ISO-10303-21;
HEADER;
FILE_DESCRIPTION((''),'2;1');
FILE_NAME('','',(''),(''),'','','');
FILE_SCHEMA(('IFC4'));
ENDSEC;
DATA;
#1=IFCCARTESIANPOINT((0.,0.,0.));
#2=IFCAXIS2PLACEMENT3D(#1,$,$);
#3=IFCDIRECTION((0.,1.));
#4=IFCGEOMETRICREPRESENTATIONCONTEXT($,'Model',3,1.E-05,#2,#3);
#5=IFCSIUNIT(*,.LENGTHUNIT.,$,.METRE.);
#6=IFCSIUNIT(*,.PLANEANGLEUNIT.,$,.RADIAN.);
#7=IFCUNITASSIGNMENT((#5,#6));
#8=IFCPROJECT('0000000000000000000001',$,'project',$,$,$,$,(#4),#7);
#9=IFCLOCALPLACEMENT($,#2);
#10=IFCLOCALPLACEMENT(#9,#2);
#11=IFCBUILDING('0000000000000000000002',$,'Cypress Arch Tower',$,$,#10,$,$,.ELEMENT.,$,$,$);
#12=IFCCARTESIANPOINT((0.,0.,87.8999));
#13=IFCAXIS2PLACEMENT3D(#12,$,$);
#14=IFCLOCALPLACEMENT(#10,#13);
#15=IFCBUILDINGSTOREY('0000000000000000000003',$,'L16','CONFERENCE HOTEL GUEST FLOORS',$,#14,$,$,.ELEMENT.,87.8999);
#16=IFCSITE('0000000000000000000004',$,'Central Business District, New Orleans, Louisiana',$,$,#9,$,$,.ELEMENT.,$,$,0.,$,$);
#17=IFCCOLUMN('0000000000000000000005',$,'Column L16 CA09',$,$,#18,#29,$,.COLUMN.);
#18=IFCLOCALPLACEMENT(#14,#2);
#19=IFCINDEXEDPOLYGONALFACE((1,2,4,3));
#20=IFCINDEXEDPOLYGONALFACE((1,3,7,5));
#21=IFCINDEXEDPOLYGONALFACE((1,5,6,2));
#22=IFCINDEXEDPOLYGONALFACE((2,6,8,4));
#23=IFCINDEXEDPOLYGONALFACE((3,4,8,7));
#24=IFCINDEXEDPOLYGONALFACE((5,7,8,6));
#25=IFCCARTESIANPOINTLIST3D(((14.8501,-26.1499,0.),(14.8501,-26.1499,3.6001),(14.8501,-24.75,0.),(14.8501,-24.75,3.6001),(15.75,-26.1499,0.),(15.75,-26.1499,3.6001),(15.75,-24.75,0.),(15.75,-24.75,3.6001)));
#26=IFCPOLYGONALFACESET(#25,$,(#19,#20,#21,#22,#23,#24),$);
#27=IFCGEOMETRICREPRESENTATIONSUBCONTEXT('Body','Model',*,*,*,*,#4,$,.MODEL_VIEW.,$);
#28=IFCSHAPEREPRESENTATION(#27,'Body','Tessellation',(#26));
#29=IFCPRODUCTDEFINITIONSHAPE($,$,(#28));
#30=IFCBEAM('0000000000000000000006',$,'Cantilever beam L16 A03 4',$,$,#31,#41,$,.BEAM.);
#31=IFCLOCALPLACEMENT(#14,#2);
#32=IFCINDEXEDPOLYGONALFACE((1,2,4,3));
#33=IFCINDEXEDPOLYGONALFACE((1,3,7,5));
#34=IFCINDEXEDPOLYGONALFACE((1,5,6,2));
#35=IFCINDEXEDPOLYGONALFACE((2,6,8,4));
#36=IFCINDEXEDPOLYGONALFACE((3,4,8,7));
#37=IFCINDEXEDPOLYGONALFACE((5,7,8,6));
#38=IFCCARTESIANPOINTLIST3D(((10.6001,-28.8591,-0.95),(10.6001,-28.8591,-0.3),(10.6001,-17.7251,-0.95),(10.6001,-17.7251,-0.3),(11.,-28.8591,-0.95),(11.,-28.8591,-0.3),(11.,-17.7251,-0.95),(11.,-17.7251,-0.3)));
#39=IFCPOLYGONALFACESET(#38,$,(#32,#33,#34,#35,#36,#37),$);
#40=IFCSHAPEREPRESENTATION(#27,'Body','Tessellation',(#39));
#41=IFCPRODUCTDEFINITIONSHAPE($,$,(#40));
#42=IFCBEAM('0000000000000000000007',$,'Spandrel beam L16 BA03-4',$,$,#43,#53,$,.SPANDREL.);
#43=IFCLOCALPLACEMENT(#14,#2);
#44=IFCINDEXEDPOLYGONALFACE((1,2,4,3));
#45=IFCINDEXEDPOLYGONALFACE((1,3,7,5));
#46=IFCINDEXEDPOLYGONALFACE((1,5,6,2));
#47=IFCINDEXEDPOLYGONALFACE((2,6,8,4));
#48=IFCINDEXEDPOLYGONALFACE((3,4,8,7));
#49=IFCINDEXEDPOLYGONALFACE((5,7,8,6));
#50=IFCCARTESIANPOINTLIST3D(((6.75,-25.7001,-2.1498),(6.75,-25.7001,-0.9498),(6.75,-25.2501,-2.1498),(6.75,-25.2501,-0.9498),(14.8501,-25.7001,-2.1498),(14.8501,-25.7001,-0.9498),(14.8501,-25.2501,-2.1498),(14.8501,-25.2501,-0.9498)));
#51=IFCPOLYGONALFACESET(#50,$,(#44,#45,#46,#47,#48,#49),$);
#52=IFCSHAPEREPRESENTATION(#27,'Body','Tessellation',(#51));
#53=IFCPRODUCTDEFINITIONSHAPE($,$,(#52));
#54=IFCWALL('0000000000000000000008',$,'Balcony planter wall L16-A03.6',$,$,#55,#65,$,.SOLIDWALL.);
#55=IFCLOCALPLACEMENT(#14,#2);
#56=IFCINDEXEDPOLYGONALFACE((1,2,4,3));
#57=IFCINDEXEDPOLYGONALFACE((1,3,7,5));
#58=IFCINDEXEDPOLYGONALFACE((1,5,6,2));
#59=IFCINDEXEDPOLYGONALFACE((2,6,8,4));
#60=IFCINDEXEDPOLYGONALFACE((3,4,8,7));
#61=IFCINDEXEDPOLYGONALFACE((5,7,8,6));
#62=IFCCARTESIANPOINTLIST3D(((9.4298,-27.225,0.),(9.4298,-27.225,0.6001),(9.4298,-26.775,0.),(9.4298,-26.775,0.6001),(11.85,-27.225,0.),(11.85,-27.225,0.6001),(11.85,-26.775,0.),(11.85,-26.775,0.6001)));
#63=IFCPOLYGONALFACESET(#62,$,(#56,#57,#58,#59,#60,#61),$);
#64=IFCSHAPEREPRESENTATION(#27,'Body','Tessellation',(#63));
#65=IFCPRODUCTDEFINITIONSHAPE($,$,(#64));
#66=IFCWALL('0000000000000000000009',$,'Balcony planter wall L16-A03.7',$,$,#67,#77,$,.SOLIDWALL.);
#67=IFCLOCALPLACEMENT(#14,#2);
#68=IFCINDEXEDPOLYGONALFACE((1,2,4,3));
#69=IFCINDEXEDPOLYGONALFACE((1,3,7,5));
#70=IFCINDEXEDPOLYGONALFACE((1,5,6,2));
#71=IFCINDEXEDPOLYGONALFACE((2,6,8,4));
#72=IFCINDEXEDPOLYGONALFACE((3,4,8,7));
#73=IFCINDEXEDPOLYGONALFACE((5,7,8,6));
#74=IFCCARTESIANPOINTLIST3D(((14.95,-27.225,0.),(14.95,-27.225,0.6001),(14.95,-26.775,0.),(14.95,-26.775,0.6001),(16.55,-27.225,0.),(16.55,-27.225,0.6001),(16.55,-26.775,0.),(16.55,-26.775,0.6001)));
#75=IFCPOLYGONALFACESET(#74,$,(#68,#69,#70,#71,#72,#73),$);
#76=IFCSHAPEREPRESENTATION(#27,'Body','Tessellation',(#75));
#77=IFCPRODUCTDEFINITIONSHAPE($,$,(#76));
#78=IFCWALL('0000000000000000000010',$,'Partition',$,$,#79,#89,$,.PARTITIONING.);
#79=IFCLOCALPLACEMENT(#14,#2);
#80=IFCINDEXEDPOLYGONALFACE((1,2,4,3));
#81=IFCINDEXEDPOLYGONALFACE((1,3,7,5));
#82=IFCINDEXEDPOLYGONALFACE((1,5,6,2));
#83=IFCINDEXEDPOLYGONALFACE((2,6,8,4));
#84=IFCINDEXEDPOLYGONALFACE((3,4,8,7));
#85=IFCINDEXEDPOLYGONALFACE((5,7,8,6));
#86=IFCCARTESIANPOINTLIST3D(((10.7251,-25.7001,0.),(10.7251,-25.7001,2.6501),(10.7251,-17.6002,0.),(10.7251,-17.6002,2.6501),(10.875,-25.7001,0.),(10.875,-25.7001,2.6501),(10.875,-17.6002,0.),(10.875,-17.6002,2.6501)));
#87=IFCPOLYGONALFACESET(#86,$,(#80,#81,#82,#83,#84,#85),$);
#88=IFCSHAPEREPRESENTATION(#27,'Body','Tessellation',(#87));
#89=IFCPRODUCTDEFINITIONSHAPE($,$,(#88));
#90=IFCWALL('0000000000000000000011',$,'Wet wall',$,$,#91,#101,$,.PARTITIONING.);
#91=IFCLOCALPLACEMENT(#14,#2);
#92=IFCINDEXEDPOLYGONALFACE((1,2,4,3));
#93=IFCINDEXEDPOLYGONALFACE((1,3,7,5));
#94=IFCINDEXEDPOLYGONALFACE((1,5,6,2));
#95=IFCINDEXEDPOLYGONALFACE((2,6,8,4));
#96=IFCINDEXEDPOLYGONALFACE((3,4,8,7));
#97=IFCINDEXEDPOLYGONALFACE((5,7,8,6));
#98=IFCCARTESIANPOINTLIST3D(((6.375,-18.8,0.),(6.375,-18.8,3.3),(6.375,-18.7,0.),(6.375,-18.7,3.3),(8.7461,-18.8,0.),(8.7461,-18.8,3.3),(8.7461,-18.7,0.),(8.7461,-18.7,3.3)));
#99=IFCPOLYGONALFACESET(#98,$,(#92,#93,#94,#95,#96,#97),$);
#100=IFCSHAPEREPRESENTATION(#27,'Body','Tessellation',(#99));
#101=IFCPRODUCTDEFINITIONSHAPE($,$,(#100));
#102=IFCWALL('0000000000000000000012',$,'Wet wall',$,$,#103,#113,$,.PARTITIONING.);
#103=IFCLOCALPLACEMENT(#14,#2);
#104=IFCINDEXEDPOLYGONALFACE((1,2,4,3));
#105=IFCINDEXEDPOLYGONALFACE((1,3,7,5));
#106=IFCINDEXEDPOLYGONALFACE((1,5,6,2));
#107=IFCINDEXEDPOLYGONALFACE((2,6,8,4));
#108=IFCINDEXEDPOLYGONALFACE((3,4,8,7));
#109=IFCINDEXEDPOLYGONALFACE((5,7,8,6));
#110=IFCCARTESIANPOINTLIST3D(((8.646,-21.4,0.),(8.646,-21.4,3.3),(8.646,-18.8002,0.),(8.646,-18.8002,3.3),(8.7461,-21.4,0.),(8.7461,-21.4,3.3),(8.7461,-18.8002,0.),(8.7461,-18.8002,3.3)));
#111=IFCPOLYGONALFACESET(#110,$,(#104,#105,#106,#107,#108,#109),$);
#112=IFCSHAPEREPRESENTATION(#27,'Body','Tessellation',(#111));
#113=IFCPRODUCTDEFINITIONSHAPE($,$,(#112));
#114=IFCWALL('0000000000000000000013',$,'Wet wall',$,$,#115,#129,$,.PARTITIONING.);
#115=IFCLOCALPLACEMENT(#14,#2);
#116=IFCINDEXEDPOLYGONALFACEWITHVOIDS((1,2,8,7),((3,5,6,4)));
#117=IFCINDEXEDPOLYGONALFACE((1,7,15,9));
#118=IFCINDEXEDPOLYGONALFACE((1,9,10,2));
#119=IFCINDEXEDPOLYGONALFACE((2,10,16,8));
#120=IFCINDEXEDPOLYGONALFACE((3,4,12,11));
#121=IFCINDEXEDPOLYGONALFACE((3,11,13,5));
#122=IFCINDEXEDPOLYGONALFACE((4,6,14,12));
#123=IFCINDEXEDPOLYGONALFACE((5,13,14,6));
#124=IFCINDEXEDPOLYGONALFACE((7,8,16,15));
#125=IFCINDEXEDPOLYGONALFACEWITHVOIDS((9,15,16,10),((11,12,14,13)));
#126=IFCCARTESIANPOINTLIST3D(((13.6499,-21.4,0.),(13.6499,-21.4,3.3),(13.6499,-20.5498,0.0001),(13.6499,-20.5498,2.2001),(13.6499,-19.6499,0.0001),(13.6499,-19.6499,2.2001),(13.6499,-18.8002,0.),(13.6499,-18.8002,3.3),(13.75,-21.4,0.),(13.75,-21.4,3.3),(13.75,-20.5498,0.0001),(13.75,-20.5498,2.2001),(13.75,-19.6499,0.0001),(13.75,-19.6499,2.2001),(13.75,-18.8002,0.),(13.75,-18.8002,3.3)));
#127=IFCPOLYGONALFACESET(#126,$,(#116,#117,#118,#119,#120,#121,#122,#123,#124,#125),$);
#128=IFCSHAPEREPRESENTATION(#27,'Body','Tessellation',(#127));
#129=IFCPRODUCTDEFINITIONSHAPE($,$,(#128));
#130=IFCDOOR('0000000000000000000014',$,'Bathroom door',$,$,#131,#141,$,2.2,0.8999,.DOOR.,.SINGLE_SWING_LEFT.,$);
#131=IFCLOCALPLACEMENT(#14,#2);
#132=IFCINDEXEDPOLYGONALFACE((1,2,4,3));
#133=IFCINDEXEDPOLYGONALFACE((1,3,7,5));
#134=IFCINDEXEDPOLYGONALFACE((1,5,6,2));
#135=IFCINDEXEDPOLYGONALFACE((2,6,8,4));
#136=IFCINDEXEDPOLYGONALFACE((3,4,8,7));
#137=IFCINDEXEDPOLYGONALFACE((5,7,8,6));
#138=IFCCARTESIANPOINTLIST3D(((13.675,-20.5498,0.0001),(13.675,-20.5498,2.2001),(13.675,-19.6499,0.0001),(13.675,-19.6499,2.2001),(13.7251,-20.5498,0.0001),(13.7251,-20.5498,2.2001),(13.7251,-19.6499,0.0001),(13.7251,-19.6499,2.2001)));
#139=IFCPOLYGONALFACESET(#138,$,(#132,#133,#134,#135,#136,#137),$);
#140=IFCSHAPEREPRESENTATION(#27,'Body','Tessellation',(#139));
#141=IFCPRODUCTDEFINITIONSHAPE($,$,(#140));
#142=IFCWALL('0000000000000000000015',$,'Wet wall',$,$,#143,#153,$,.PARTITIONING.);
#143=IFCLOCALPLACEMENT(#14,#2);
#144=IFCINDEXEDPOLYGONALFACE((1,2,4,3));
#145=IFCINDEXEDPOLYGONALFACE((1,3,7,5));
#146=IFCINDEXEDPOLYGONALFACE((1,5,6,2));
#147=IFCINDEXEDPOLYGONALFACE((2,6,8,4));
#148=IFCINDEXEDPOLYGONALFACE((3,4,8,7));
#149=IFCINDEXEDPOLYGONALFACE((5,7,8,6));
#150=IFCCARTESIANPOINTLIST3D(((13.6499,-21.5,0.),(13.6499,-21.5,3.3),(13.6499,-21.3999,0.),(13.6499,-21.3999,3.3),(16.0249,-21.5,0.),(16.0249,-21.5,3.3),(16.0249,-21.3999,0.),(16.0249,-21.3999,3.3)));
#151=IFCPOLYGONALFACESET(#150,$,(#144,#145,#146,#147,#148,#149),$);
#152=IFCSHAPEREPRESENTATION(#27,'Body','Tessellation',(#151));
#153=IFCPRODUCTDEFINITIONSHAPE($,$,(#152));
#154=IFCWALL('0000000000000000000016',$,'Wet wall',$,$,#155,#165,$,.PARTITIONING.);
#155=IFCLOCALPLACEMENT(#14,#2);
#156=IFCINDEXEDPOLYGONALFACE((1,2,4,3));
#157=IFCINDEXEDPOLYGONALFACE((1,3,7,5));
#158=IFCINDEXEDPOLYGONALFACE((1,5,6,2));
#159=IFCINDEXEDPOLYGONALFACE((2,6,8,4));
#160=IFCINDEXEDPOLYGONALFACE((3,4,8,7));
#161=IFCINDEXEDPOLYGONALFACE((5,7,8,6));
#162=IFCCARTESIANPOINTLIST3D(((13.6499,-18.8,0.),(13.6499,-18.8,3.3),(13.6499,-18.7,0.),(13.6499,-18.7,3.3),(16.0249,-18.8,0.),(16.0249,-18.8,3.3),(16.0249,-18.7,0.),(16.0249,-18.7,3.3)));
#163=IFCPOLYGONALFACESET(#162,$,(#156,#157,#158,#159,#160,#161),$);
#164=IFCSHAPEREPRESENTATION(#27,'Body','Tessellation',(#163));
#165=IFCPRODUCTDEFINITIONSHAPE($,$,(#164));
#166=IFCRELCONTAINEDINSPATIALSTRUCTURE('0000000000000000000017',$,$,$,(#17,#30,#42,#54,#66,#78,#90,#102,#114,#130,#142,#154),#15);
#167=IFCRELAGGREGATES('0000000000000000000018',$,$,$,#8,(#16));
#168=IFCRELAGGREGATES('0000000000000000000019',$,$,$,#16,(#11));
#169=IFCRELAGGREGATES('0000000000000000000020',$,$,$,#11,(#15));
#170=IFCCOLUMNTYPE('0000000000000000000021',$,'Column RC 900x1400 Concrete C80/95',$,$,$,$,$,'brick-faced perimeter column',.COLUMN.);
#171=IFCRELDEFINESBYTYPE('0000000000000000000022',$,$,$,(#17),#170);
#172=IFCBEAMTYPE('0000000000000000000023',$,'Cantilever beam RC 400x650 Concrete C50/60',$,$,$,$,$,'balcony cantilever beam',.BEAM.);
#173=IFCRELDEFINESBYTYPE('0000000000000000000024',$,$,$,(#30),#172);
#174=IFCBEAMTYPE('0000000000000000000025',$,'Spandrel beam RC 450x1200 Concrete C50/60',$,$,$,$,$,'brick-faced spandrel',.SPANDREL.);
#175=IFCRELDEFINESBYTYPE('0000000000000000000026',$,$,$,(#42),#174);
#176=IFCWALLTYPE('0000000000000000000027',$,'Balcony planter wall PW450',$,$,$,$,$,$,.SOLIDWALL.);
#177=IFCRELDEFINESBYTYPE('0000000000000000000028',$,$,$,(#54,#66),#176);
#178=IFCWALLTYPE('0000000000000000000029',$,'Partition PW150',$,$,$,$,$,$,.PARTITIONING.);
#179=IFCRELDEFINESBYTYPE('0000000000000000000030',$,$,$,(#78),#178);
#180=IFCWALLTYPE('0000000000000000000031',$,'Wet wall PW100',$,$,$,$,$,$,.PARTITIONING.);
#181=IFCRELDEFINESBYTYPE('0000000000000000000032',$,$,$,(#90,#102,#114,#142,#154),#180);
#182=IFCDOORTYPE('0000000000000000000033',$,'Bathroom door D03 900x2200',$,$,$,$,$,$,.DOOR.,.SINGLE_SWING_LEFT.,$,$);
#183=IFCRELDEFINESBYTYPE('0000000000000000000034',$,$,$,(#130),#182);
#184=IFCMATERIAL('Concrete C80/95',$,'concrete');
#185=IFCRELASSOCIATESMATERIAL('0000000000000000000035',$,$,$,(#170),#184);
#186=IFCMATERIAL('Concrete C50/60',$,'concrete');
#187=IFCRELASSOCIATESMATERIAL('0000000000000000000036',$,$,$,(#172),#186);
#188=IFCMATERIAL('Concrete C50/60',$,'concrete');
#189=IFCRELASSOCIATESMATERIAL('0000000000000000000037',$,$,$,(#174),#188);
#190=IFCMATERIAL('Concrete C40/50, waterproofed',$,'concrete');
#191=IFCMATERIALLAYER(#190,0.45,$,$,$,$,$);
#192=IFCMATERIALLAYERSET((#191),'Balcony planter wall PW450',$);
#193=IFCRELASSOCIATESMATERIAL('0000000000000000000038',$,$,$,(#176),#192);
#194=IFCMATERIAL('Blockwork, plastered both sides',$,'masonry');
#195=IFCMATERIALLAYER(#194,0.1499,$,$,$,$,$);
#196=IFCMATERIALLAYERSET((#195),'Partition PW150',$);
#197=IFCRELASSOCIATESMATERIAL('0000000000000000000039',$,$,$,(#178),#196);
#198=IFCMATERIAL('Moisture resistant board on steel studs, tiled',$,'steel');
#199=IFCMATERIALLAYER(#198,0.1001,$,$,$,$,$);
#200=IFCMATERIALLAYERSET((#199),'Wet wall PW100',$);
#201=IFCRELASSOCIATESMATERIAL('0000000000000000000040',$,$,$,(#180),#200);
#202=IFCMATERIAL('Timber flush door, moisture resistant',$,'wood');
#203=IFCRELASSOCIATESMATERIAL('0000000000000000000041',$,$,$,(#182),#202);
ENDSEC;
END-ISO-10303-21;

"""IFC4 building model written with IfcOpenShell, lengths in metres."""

from ifc_helpers import new_model, si_unit, direction, frame, frame_2d, origin, origin_2d, place, context, subcontext, project, spatial, rectangle, extrude, material, layer, layer_set, material_profile, profile_set, type_object, element, fill, save


model = new_model("IFC4")

# Units and contexts
model_context = context("Model", 3, precision=1e-05, world=origin(), true_north=direction((0.0, 1.0)))
body_context = subcontext(model_context, "Body", "Model", "MODEL_VIEW")
ifc_project = project(units=[si_unit("LENGTHUNIT", "METRE"), si_unit("PLANEANGLEUNIT", "RADIAN")], contexts=[model_context])

# Site, building, storey
site_placement = place(None, origin())
site = spatial("IfcSite", under=ifc_project, at=site_placement, Name="Central Business District, New Orleans, Louisiana", CompositionType="ELEMENT", RefElevation=0.0)
building_placement = place(site_placement, origin())
building = spatial("IfcBuilding", under=site, at=building_placement, Name="Cypress Arch Tower", CompositionType="ELEMENT")
storey_placement = place(building_placement, frame((0.0, 0.0, 87.8999)))
storey = spatial("IfcBuildingStorey", under=building, at=storey_placement, Name="L16", Description="CONFERENCE HOTEL GUEST FLOORS", CompositionType="ELEMENT", Elevation=87.8999)

# Column
ifc_material_1 = material(Name="Concrete C80/95", Category="concrete")
ifc_material_profile_1 = material_profile(ifc_material_1, rectangle(XDim=0.8999, YDim=1.3999, at=origin_2d()), Name="RC 900x1400")
ifc_profile_set_1 = profile_set([ifc_material_profile_1], Name="Concrete C80/95")
column_type = type_object("IfcColumnType", Name="Column RC 900x1400 Concrete C80/95", ElementType="brick-faced perimeter column", PredefinedType="COLUMN", material=ifc_profile_set_1)
column_placement = place(storey_placement, frame((15.3, -25.45, 0.0), z_axis=(0.0, 0.0, 1.0), x_axis=(1.0, 0.0, 0.0)))
element("IfcColumn", 1, at=column_placement, inside=storey, type_object=column_type, Name="Column L16 CA09", PredefinedType="COLUMN", context=body_context, shape_type="SweptSolid", body=[
    extrude(rectangle(XDim=0.8999, YDim=1.3999, at=origin_2d()), origin(), (0.0, 0.0, 1.0), 3.6001),
])

# Beams
ifc_material_2 = material(Name="Concrete C50/60", Category="concrete")
ifc_material_profile_2 = material_profile(ifc_material_2, rectangle(XDim=0.3999, YDim=0.6499, at=origin_2d()), Name="RC 400x650")
ifc_profile_set_2 = profile_set([ifc_material_profile_2], Name="Concrete C50/60")
beam_type_1 = type_object("IfcBeamType", Name="Cantilever beam RC 400x650 Concrete C50/60", ElementType="balcony cantilever beam", PredefinedType="BEAM", material=ifc_profile_set_2)
beam_1_placement = place(storey_placement, frame((10.8, -17.7251, -0.625), z_axis=(0.0, -1.0, 0.0), x_axis=(1.0, 0.0, 0.0)))
element("IfcBeam", 2, at=beam_1_placement, inside=storey, type_object=beam_type_1, Name="Cantilever beam L16 A03 4", PredefinedType="BEAM", context=body_context, shape_type="SweptSolid", body=[
    extrude(rectangle(XDim=0.3999, YDim=0.6499, at=origin_2d()), origin(), (0.0, 0.0, 1.0), 11.134),
])
ifc_material_3 = material(Name="Concrete C50/60", Category="concrete")
ifc_material_profile_3 = material_profile(ifc_material_3, rectangle(XDim=0.45, YDim=1.2, at=origin_2d()), Name="RC 450x1200")
ifc_profile_set_3 = profile_set([ifc_material_profile_3], Name="Concrete C50/60")
beam_type_2 = type_object("IfcBeamType", Name="Spandrel beam RC 450x1200 Concrete C50/60", ElementType="brick-faced spandrel", PredefinedType="SPANDREL", material=ifc_profile_set_3)
beam_2_placement = place(storey_placement, frame((6.75, -25.4751, -1.5498), z_axis=(1.0, 0.0, 0.0), x_axis=(0.0, 1.0, 0.0)))
element("IfcBeam", 3, at=beam_2_placement, inside=storey, type_object=beam_type_2, Name="Spandrel beam L16 BA03-4", PredefinedType="SPANDREL", context=body_context, shape_type="SweptSolid", body=[
    extrude(rectangle(XDim=0.45, YDim=1.2, at=origin_2d()), origin(), (0.0, 0.0, 1.0), 8.1001),
])

# Walls
ifc_material_4 = material(Name="Concrete C40/50, waterproofed", Category="concrete")
ifc_layer_1 = layer(ifc_material_4, 0.45)
ifc_layer_set_1 = layer_set([ifc_layer_1], Name="Balcony planter wall PW450")
wall_type_1 = type_object("IfcWallType", Name="Balcony planter wall PW450", PredefinedType="SOLIDWALL", material=ifc_layer_set_1)
wall_1_placement = place(storey_placement, frame((9.4299, -27.0, 0.0), z_axis=(0.0, 0.0, 1.0), x_axis=(1.0, 0.0, 0.0)))
element("IfcWall", 4, at=wall_1_placement, inside=storey, type_object=wall_type_1, Name="Balcony planter wall L16-A03.6", PredefinedType="SOLIDWALL", context=body_context, shape_type="SweptSolid", body=[
    extrude(rectangle(XDim=2.4202, YDim=0.45, at=frame_2d((1.21, 0.0))), origin(), (0.0, 0.0, 1.0), 0.6001),
])
wall_2_placement = place(storey_placement, frame((14.95, -27.0, 0.0), z_axis=(0.0, 0.0, 1.0), x_axis=(1.0, 0.0, 0.0)))
element("IfcWall", 5, at=wall_2_placement, inside=storey, type_object=wall_type_1, Name="Balcony planter wall L16-A03.7", PredefinedType="SOLIDWALL", context=body_context, shape_type="SweptSolid", body=[
    extrude(rectangle(XDim=1.6001, YDim=0.45, at=frame_2d((0.8, 0.0))), origin(), (0.0, 0.0, 1.0), 0.6001),
])

# Walls
ifc_material_5 = material(Name="Blockwork, plastered both sides", Category="masonry")
ifc_layer_2 = layer(ifc_material_5, 0.1499)
ifc_layer_set_2 = layer_set([ifc_layer_2], Name="Partition PW150")
wall_type_2 = type_object("IfcWallType", Name="Partition PW150", PredefinedType="PARTITIONING", material=ifc_layer_set_2)
wall_3_placement = place(storey_placement, frame((10.8, -25.7, 0.0), z_axis=(0.0, 0.0, 1.0), x_axis=(0.0, 1.0, 0.0)))
element("IfcWall", 6, at=wall_3_placement, inside=storey, type_object=wall_type_2, Name="Partition", PredefinedType="PARTITIONING", context=body_context, shape_type="SweptSolid", body=[
    extrude(rectangle(XDim=8.0999, YDim=0.1499, at=frame_2d((4.0498, 0.0))), origin(), (0.0, 0.0, 1.0), 2.6501),
])
ifc_material_6 = material(Name="Moisture resistant board on steel studs, tiled", Category="steel")
ifc_layer_3 = layer(ifc_material_6, 0.1001)
ifc_layer_set_3 = layer_set([ifc_layer_3], Name="Wet wall PW100")
wall_type_3 = type_object("IfcWallType", Name="Wet wall PW100", PredefinedType="PARTITIONING", material=ifc_layer_set_3)
wall_4_placement = place(storey_placement, frame((6.375, -18.75, 0.0), z_axis=(0.0, 0.0, 1.0), x_axis=(1.0, 0.0, 0.0)))
element("IfcWall", 7, at=wall_4_placement, inside=storey, type_object=wall_type_3, Name="Wet wall", PredefinedType="PARTITIONING", context=body_context, shape_type="SweptSolid", body=[
    extrude(rectangle(XDim=2.3711, YDim=0.1001, at=frame_2d((1.1855, 0.0))), origin(), (0.0, 0.0, 1.0), 3.3),
])
wall_5_placement = place(storey_placement, frame((8.696, -21.3999, 0.0), z_axis=(0.0, 0.0, 1.0), x_axis=(0.0, 1.0, 0.0)))
element("IfcWall", 8, at=wall_5_placement, inside=storey, type_object=wall_type_3, Name="Wet wall", PredefinedType="PARTITIONING", context=body_context, shape_type="SweptSolid", body=[
    extrude(rectangle(XDim=2.5999, YDim=0.1001, at=frame_2d((1.2998, 0.0))), origin(), (0.0, 0.0, 1.0), 3.3),
])

# Wall, opening, door
wall_6_placement = place(storey_placement, frame((13.7, -21.3999, 0.0), z_axis=(0.0, 0.0, 1.0), x_axis=(0.0, 1.0, 0.0)))
wall_6 = element("IfcWall", 9, at=wall_6_placement, inside=storey, type_object=wall_type_3, Name="Wet wall", PredefinedType="PARTITIONING", context=body_context, shape_type="SweptSolid", body=[
    extrude(rectangle(XDim=2.5999, YDim=0.1001, at=frame_2d((1.2998, 0.0))), origin(), (0.0, 0.0, 1.0), 3.3),
])
opening_1_placement = place(wall_6_placement, frame((0.8501, 0.0, 0.0)))
opening_1 = element("IfcOpeningElement", 10, at=opening_1_placement, cuts=wall_6, PredefinedType="OPENING", context=body_context, shape_type="SweptSolid", body=[
    extrude(rectangle(XDim=0.8999, YDim=2.2, at=frame_2d((0.45, 1.1001))), frame((0.0, 0.0601, 0.0), z_axis=(0.0, -1.0, 0.0), x_axis=(1.0, 0.0, 0.0)), (0.0, 0.0, 1.0), 0.1201),
])
ifc_material_7 = material(Name="Timber flush door, moisture resistant", Category="wood")
door_type_1 = type_object("IfcDoorType", Name="Bathroom door D03 900x2200", OperationType="SINGLE_SWING_LEFT", PredefinedType="DOOR", material=ifc_material_7)
door_1_placement = place(opening_1_placement, origin())
door_1 = element("IfcDoor", 11, at=door_1_placement, inside=storey, type_object=door_type_1, Name="Bathroom door", OperationType="SINGLE_SWING_LEFT", OverallHeight=2.2, OverallWidth=0.8999, PredefinedType="DOOR", context=body_context, shape_type="SweptSolid", body=[
    extrude(rectangle(XDim=0.8999, YDim=2.2, at=frame_2d((0.45, 1.1001))), frame((0.0, 0.0249, 0.0), z_axis=(0.0, -1.0, 0.0), x_axis=(1.0, 0.0, 0.0)), (0.0, 0.0, 1.0), 0.05),
])
fill(opening_1, door_1)

# Walls
for number, where, z_axis, x_axis, name in (
    (12, (13.6499, -21.45, 0.0), (0.0, 0.0, 1.0), (1.0, 0.0, 0.0), "Wet wall"),
    (13, (13.6499, -18.75, 0.0), (0.0, 0.0, 1.0), (1.0, 0.0, 0.0), "Wet wall"),
):
    element("IfcWall", number, at=place(storey_placement, frame(where, z_axis=z_axis, x_axis=x_axis)), inside=storey, type_object=wall_type_3, Name=name, PredefinedType="PARTITIONING", context=body_context, shape_type="SweptSolid", body=[
        extrude(rectangle(XDim=2.375, YDim=0.1001, at=frame_2d((1.1875, 0.0))), origin(), (0.0, 0.0, 1.0), 3.3),
    ])

save(model, "model.ifc")
